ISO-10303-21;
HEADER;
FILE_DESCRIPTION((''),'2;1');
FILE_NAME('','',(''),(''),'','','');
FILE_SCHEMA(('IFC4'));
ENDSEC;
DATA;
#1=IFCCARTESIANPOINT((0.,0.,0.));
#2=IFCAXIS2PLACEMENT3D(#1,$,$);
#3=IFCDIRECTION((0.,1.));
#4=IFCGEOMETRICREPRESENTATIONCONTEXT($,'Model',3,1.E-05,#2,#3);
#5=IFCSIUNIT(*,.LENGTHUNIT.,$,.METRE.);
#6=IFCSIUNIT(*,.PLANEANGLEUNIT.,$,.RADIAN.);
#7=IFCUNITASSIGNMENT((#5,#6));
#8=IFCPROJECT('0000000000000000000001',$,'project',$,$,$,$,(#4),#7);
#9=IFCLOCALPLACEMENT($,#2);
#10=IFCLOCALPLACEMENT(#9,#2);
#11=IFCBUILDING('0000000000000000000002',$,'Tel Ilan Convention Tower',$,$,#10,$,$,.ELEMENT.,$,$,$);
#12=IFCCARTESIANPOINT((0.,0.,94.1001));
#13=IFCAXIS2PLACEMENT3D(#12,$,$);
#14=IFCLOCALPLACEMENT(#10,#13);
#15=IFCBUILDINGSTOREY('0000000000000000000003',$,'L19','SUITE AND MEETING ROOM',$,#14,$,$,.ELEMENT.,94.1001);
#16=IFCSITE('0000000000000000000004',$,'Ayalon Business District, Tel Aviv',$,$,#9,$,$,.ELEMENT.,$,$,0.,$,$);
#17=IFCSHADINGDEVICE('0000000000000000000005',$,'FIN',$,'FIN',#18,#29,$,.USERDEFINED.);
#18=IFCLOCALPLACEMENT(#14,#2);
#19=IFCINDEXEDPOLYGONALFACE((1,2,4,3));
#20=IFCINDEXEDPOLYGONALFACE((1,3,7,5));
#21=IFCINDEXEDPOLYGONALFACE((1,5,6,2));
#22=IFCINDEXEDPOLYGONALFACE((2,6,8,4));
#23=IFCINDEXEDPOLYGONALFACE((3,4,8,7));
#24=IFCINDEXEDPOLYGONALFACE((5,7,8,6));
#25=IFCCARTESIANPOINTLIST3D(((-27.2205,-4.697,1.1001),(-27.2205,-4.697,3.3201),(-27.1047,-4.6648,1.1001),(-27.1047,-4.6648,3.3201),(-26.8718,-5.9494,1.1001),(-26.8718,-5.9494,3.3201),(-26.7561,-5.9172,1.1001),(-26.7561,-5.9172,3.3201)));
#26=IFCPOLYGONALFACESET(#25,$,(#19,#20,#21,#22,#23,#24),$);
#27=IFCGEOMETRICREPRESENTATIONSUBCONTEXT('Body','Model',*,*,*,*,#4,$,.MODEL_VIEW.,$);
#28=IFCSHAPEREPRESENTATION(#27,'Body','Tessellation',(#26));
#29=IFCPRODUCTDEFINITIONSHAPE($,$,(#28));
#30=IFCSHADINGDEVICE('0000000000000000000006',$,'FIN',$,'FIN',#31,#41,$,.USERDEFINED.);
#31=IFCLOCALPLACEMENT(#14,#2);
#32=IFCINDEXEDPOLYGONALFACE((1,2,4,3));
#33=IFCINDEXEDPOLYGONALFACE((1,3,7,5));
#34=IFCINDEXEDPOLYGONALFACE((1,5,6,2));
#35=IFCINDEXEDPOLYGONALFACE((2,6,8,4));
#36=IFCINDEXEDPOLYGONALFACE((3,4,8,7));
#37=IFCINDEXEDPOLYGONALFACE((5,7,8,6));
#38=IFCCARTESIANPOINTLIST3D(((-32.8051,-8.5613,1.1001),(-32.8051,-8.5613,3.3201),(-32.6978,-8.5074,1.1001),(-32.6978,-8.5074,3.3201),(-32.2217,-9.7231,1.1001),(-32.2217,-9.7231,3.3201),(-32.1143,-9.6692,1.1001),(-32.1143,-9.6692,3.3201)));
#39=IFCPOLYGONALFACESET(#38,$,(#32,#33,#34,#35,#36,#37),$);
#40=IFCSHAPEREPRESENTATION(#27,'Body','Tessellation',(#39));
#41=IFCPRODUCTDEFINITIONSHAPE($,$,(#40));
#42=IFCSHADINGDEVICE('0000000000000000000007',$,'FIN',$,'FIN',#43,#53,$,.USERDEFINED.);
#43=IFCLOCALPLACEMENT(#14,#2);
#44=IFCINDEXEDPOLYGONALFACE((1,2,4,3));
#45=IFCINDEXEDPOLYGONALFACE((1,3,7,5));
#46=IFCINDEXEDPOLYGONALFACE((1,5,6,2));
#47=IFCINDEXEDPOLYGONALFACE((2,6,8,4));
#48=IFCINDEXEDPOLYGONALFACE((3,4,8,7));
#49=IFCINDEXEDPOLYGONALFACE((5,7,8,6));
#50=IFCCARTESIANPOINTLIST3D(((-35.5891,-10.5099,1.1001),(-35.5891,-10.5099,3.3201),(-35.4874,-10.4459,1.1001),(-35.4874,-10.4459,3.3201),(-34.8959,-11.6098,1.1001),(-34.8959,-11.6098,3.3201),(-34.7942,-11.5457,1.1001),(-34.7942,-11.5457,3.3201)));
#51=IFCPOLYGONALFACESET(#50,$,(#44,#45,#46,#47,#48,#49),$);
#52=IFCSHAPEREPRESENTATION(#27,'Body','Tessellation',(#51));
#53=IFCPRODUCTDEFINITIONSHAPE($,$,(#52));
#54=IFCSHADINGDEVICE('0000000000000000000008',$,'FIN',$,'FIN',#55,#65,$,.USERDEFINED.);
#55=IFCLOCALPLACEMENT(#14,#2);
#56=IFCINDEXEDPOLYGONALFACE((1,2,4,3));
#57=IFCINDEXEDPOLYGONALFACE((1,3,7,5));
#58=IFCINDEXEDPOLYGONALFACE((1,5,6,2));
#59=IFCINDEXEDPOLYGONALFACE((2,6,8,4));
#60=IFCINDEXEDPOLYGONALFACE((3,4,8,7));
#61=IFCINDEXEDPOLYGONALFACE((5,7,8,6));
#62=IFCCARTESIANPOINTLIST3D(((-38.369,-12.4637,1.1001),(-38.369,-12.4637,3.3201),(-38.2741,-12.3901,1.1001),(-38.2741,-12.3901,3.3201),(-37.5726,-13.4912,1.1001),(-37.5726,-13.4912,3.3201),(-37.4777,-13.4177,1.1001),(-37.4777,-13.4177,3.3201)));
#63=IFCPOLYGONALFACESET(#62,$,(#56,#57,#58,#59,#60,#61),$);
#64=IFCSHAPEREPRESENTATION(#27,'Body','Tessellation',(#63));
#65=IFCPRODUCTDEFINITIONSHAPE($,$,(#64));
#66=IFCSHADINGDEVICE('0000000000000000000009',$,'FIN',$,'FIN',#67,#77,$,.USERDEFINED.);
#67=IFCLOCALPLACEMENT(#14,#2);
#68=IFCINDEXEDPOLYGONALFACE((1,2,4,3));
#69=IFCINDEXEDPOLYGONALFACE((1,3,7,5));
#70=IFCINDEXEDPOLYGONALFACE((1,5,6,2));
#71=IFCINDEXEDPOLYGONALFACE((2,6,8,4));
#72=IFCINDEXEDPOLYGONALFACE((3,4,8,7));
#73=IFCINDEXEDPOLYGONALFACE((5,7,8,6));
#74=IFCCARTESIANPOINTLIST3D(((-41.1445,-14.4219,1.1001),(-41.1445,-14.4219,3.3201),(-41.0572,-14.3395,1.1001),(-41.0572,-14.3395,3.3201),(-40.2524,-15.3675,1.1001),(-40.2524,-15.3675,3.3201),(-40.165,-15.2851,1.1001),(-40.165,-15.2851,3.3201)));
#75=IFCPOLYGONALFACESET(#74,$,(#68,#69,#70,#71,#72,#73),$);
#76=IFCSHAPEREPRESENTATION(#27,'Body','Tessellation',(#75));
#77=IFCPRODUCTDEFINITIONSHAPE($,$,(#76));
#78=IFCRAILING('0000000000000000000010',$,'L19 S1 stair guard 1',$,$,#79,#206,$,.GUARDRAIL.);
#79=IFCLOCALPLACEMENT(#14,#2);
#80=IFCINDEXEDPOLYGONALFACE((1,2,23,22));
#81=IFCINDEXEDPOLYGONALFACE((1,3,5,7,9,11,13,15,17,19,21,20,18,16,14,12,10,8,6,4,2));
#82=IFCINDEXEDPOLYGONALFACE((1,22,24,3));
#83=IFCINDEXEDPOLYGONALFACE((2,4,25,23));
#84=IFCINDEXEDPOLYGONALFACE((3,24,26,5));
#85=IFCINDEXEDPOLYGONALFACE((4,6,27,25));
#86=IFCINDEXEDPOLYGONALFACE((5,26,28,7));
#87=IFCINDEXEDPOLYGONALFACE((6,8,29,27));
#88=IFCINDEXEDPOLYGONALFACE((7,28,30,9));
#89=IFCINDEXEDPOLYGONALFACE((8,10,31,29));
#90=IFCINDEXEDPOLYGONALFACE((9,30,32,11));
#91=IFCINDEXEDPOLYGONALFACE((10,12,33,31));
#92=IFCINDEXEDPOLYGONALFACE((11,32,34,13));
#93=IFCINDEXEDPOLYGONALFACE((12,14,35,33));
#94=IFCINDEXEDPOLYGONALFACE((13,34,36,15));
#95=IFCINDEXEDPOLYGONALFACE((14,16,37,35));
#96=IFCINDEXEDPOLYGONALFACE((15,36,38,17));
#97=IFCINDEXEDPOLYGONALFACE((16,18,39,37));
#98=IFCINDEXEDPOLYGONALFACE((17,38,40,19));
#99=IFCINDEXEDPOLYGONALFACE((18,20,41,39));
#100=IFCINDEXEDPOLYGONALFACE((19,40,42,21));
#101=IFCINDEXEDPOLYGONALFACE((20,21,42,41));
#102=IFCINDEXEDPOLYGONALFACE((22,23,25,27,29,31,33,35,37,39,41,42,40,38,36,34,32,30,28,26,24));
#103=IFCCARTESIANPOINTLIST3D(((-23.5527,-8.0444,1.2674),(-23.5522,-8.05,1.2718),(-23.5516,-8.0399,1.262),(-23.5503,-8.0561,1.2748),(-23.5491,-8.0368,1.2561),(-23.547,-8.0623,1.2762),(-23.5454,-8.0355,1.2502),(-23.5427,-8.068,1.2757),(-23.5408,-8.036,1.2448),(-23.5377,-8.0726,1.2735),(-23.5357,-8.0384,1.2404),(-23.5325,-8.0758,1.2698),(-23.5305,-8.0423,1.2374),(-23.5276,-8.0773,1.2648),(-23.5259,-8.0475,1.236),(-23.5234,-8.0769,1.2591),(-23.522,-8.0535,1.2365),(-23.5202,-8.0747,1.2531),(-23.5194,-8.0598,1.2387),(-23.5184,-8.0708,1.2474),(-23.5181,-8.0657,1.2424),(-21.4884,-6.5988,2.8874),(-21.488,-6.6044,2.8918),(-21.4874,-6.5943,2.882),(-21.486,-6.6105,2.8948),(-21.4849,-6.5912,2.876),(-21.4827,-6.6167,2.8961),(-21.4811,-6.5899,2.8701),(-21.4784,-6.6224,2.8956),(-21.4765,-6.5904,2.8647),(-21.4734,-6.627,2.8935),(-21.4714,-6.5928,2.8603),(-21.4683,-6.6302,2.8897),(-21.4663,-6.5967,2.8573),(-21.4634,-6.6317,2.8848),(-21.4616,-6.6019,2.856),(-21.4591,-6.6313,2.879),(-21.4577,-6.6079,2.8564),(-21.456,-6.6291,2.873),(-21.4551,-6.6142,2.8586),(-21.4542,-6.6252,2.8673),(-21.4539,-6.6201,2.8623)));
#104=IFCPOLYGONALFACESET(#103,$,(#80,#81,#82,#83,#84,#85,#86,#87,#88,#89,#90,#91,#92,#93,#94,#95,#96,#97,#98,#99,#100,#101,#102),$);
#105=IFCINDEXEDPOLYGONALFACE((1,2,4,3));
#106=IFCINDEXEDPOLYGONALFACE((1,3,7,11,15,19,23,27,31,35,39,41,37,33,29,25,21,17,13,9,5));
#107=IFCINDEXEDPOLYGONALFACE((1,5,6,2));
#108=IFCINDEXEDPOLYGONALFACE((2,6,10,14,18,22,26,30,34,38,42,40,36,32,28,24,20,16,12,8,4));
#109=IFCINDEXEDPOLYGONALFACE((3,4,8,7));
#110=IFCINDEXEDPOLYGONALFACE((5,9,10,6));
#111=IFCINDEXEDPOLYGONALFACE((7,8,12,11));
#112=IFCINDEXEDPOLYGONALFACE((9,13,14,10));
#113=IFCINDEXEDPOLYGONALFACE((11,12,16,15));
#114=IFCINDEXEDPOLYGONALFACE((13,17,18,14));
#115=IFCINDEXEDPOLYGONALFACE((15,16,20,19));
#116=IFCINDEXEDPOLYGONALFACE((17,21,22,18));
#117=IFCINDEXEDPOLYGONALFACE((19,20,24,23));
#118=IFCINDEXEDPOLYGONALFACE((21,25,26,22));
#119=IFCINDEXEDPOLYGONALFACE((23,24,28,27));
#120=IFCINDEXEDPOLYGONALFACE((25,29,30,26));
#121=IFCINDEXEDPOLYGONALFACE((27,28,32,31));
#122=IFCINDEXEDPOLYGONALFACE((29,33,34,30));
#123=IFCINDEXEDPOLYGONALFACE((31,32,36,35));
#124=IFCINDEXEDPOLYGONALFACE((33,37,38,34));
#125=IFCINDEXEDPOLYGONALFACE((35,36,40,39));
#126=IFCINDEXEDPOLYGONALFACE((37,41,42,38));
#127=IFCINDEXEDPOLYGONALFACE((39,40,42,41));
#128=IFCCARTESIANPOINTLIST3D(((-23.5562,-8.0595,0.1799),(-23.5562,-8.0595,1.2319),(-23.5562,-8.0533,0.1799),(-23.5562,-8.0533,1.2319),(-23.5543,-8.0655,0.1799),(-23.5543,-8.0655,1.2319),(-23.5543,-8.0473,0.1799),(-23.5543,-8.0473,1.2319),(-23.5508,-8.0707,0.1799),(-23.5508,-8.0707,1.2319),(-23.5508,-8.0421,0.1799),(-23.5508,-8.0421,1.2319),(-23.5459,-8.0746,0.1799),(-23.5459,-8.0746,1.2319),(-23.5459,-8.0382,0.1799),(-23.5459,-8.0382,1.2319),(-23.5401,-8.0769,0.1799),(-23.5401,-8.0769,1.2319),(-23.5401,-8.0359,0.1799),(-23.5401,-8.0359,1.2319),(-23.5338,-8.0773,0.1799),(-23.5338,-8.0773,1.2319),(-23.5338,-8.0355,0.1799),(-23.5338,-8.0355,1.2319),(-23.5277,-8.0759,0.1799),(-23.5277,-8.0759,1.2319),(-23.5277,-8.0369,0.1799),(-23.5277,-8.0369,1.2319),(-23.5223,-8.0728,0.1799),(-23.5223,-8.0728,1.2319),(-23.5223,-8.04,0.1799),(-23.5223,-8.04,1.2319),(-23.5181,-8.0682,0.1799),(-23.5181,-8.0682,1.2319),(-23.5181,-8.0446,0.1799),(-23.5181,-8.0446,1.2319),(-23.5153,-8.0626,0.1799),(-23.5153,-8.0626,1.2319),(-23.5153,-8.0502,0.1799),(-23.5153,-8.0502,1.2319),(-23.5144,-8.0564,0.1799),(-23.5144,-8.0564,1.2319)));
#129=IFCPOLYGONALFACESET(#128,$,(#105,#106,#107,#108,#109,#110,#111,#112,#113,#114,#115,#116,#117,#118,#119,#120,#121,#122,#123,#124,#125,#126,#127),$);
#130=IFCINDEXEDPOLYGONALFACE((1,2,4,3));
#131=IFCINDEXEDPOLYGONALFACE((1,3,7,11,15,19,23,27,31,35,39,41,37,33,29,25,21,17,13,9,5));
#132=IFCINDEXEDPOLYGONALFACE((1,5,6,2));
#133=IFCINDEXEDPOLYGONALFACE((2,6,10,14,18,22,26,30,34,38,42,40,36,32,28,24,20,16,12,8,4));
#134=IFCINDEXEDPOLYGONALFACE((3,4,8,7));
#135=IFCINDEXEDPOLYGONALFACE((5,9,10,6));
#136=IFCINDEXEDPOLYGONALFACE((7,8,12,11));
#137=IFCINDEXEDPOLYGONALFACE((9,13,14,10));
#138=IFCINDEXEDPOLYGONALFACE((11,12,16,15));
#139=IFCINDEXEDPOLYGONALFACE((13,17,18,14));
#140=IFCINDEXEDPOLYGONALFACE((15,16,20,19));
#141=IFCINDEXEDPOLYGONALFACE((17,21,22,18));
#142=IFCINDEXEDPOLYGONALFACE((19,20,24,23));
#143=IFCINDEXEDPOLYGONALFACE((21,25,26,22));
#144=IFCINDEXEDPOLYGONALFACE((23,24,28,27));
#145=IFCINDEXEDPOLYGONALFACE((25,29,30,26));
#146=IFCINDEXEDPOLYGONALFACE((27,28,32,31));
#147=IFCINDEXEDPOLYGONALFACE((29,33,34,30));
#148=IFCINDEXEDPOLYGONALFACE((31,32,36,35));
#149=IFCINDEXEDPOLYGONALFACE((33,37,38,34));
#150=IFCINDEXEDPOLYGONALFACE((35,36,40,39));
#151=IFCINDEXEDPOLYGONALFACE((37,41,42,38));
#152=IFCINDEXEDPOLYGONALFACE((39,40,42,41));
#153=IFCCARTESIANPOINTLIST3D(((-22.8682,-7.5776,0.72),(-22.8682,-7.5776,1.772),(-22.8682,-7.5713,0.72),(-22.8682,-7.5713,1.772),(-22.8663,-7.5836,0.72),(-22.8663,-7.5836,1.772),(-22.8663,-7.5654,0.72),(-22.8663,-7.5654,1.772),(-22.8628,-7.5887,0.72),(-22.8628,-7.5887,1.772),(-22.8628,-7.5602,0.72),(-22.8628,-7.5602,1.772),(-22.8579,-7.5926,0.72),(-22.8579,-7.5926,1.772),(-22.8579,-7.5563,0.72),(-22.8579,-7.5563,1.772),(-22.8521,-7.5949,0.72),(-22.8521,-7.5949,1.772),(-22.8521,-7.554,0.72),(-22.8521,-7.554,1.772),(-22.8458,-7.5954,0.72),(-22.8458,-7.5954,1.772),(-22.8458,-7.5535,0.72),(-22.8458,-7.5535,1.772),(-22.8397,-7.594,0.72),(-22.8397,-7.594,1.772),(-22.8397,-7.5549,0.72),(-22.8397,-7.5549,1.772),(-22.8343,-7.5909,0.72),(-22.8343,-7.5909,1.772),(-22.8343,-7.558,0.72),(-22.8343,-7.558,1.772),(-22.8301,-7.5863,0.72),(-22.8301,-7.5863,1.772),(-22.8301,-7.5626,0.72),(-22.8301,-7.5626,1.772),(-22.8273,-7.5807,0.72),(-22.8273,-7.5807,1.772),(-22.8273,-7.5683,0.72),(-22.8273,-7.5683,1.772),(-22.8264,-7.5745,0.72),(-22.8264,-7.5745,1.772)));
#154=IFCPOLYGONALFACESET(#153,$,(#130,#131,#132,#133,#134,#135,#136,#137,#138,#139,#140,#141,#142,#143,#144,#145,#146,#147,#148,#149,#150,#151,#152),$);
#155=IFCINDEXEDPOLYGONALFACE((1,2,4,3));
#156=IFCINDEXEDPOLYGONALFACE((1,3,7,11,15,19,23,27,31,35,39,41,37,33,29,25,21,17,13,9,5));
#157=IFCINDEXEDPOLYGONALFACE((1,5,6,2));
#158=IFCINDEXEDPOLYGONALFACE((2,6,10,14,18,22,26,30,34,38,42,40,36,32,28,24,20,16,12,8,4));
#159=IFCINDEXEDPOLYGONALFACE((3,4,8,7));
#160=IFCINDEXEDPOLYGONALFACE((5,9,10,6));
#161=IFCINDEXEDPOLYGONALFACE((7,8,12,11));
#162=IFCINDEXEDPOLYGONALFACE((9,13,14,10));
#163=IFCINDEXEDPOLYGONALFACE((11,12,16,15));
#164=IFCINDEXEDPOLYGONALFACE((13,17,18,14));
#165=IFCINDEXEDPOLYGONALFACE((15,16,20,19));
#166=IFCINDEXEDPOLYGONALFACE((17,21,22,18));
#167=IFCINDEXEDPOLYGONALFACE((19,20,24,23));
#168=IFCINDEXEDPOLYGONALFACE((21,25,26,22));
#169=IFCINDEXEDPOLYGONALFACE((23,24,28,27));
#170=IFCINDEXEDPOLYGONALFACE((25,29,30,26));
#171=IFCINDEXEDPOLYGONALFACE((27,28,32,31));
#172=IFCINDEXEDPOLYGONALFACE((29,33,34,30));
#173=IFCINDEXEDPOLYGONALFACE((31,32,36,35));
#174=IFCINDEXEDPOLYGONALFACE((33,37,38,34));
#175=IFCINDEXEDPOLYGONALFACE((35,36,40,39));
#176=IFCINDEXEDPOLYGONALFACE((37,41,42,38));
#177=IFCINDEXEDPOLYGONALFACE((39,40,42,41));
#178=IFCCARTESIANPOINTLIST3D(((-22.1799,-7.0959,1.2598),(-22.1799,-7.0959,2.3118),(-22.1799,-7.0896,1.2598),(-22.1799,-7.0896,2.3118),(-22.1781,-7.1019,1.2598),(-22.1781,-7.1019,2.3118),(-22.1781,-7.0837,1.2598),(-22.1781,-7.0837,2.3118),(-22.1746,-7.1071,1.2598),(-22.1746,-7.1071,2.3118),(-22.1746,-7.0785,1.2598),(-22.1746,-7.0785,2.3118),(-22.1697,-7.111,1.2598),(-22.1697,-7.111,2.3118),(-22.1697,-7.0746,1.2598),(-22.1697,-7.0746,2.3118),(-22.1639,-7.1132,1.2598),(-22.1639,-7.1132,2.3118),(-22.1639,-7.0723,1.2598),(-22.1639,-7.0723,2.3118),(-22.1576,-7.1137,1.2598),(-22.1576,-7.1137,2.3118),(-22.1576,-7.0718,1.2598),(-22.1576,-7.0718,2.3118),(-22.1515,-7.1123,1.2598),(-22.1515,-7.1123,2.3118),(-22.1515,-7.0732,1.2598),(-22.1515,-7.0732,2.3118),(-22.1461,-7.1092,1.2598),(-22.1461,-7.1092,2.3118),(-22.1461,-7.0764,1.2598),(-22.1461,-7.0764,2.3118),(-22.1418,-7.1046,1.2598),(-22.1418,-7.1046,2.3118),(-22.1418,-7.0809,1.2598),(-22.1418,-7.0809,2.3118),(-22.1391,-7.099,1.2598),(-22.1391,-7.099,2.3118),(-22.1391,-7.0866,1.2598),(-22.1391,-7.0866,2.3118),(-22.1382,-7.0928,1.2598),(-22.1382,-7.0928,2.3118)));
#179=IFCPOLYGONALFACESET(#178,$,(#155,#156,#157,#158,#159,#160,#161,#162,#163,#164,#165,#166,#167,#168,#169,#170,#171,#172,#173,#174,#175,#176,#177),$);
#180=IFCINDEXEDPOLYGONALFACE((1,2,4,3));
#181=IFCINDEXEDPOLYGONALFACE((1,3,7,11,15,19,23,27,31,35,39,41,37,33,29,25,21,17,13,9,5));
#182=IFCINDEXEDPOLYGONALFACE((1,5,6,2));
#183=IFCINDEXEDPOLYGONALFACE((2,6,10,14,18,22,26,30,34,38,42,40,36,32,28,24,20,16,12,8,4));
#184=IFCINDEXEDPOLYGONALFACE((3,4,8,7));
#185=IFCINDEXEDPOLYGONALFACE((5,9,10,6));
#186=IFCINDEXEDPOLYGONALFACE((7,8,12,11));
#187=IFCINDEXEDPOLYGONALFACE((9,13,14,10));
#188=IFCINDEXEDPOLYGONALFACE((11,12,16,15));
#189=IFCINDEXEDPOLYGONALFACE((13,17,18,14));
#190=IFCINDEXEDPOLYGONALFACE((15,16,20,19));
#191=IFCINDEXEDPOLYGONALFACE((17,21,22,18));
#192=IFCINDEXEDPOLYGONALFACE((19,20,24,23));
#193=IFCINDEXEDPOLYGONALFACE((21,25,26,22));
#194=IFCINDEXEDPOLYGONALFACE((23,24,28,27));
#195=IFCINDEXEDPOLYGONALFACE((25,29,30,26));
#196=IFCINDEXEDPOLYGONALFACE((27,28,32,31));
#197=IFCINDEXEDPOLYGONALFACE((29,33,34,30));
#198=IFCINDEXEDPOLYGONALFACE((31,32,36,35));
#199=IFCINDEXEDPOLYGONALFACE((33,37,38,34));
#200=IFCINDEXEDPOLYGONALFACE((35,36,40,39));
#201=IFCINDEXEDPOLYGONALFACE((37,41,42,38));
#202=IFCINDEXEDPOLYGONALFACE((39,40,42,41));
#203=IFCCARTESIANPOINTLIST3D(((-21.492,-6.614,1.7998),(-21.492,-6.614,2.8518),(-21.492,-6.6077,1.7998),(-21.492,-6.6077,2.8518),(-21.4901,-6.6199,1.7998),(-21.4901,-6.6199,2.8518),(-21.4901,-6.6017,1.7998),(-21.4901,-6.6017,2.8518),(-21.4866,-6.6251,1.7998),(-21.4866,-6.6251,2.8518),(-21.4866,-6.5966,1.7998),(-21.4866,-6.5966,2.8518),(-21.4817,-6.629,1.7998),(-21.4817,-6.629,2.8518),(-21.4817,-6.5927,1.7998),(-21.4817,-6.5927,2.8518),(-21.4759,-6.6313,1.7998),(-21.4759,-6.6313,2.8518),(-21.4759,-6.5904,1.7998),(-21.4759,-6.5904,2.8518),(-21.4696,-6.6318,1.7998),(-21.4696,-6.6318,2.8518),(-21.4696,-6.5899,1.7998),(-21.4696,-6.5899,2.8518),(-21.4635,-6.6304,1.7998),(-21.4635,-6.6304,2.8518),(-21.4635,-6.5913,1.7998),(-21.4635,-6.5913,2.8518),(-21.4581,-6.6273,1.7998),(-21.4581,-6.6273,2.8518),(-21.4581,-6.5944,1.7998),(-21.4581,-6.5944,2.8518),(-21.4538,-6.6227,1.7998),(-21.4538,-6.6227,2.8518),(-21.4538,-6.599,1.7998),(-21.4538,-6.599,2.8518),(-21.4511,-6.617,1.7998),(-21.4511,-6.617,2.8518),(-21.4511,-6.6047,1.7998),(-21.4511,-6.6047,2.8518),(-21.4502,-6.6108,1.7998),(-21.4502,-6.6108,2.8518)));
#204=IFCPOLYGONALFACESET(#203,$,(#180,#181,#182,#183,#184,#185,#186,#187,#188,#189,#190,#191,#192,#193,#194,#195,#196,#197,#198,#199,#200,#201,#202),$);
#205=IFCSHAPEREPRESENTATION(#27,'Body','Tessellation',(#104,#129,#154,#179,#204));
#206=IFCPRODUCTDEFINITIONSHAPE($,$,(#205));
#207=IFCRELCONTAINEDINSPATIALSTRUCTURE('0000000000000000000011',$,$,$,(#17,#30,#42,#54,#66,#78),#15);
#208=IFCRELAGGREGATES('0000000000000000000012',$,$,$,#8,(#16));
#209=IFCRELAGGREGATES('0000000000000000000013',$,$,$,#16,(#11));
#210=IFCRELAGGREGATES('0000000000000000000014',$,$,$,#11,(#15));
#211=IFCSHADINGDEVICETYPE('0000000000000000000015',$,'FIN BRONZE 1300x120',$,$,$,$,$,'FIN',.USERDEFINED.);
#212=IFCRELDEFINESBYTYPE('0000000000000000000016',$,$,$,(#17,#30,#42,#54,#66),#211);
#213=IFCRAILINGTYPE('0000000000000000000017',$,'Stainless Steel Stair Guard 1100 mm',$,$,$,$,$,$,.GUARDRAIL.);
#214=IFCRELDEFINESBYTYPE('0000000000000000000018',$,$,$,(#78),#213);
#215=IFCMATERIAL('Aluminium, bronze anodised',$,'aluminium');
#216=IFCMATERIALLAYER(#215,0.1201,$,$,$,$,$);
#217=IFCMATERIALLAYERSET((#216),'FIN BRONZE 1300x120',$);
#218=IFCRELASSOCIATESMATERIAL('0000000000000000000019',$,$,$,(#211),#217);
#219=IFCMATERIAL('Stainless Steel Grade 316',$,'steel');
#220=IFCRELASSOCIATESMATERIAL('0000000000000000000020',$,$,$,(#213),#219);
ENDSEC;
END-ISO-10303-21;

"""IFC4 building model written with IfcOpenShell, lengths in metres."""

from ifc_helpers import new_model, si_unit, direction, frame, origin, origin_2d, place, context, subcontext, project, spatial, rectangle, circle, extrude, material, layer, layer_set, type_object, element, save


model = new_model("IFC4")

# Units and contexts
model_context = context("Model", 3, precision=1e-05, world=origin(), true_north=direction((0.0, 1.0)))
body_context = subcontext(model_context, "Body", "Model", "MODEL_VIEW")
ifc_project = project(units=[si_unit("LENGTHUNIT", "METRE"), si_unit("PLANEANGLEUNIT", "RADIAN")], contexts=[model_context])

# Site, building, storey
site_placement = place(None, origin())
site = spatial("IfcSite", under=ifc_project, at=site_placement, Name="Ayalon Business District, Tel Aviv", CompositionType="ELEMENT", RefElevation=0.0)
building_placement = place(site_placement, origin())
building = spatial("IfcBuilding", under=site, at=building_placement, Name="Tel Ilan Convention Tower", CompositionType="ELEMENT")
storey_placement = place(building_placement, frame((0.0, 0.0, 94.1001)))
storey = spatial("IfcBuildingStorey", under=building, at=storey_placement, Name="L19", Description="SUITE AND MEETING ROOM", CompositionType="ELEMENT", Elevation=94.1001)

# Shading devices
ifc_material_1 = material(Name="Aluminium, bronze anodised", Category="aluminium")
ifc_layer_1 = layer(ifc_material_1, 0.1201)
ifc_layer_set_1 = layer_set([ifc_layer_1], Name="FIN BRONZE 1300x120")
shading_device_type = type_object("IfcShadingDeviceType", Name="FIN BRONZE 1300x120", ElementType="FIN", PredefinedType="USERDEFINED", material=ifc_layer_set_1)
for number, where, z_axis, x_axis, name in (
    (1, (-26.9883, -5.3071, 1.1001), (0.0, 0.0, 1.0), (-0.268173, 0.963371, 0.0), "FIN"),
    (2, (-32.4597, -9.1152, 1.1001), (0.0, 0.0, 1.0), (-0.448799, 0.893633, 0.0), "FIN"),
    (3, (-35.1917, -11.0278, 1.1001), (0.0, 0.0, 1.0), (-0.533204, 0.845986, 0.0), "FIN"),
    (4, (-37.9233, -12.9407, 1.1001), (0.0, 0.0, 1.0), (-0.612601, 0.790393, 0.0), "FIN"),
    (5, (-40.6548, -14.8535, 1.1001), (0.0, 0.0, 1.0), (-0.686242, 0.727374, 0.0), "FIN"),
):
    element("IfcShadingDevice", number, at=place(storey_placement, frame(where, z_axis=z_axis, x_axis=x_axis)), inside=storey, type_object=shading_device_type, Name=name, ObjectType="FIN", PredefinedType="USERDEFINED", context=body_context, shape_type="SweptSolid", body=[
        extrude(rectangle(XDim=1.3, YDim=0.1201, at=origin_2d()), origin(), (0.0, 0.0, 1.0), 2.22),
    ])

# Railing
ifc_material_2 = material(Name="Stainless Steel Grade 316", Category="steel")
railing_type = type_object("IfcRailingType", Name="Stainless Steel Stair Guard 1100 mm", PredefinedType="GUARDRAIL", material=ifc_material_2)
railing_1_placement = place(storey_placement, frame((-23.5354, -8.0564, 0.1799)))
element("IfcRailing", 6, at=railing_1_placement, inside=storey, type_object=railing_type, Name="L19 S1 stair guard 1", PredefinedType="GUARDRAIL", context=body_context, shape_type="SweptSolid", body=[
    extrude(circle(Radius=0.0239, at=origin_2d()), frame((0.0, 0.0, 1.0762), z_axis=(0.689043, 0.482534, 0.540722), x_axis=(-0.573625, 0.819118, 0.0)), (0.0, 0.0, 1.0), 2.9958),
    extrude(circle(Radius=0.021, at=origin_2d()), origin(), (0.0, 0.0, 1.0), 1.052),
    extrude(circle(Radius=0.021, at=origin_2d()), frame((0.688, 0.4819, 0.54)), (0.0, 0.0, 1.0), 1.052),
    extrude(circle(Radius=0.021, at=origin_2d()), frame((1.3762, 0.9636, 1.0798)), (0.0, 0.0, 1.0), 1.052),
    extrude(circle(Radius=0.021, at=origin_2d()), frame((2.0642, 1.4456, 1.6199)), (0.0, 0.0, 1.0), 1.052),
])

save(model, "model.ifc")
